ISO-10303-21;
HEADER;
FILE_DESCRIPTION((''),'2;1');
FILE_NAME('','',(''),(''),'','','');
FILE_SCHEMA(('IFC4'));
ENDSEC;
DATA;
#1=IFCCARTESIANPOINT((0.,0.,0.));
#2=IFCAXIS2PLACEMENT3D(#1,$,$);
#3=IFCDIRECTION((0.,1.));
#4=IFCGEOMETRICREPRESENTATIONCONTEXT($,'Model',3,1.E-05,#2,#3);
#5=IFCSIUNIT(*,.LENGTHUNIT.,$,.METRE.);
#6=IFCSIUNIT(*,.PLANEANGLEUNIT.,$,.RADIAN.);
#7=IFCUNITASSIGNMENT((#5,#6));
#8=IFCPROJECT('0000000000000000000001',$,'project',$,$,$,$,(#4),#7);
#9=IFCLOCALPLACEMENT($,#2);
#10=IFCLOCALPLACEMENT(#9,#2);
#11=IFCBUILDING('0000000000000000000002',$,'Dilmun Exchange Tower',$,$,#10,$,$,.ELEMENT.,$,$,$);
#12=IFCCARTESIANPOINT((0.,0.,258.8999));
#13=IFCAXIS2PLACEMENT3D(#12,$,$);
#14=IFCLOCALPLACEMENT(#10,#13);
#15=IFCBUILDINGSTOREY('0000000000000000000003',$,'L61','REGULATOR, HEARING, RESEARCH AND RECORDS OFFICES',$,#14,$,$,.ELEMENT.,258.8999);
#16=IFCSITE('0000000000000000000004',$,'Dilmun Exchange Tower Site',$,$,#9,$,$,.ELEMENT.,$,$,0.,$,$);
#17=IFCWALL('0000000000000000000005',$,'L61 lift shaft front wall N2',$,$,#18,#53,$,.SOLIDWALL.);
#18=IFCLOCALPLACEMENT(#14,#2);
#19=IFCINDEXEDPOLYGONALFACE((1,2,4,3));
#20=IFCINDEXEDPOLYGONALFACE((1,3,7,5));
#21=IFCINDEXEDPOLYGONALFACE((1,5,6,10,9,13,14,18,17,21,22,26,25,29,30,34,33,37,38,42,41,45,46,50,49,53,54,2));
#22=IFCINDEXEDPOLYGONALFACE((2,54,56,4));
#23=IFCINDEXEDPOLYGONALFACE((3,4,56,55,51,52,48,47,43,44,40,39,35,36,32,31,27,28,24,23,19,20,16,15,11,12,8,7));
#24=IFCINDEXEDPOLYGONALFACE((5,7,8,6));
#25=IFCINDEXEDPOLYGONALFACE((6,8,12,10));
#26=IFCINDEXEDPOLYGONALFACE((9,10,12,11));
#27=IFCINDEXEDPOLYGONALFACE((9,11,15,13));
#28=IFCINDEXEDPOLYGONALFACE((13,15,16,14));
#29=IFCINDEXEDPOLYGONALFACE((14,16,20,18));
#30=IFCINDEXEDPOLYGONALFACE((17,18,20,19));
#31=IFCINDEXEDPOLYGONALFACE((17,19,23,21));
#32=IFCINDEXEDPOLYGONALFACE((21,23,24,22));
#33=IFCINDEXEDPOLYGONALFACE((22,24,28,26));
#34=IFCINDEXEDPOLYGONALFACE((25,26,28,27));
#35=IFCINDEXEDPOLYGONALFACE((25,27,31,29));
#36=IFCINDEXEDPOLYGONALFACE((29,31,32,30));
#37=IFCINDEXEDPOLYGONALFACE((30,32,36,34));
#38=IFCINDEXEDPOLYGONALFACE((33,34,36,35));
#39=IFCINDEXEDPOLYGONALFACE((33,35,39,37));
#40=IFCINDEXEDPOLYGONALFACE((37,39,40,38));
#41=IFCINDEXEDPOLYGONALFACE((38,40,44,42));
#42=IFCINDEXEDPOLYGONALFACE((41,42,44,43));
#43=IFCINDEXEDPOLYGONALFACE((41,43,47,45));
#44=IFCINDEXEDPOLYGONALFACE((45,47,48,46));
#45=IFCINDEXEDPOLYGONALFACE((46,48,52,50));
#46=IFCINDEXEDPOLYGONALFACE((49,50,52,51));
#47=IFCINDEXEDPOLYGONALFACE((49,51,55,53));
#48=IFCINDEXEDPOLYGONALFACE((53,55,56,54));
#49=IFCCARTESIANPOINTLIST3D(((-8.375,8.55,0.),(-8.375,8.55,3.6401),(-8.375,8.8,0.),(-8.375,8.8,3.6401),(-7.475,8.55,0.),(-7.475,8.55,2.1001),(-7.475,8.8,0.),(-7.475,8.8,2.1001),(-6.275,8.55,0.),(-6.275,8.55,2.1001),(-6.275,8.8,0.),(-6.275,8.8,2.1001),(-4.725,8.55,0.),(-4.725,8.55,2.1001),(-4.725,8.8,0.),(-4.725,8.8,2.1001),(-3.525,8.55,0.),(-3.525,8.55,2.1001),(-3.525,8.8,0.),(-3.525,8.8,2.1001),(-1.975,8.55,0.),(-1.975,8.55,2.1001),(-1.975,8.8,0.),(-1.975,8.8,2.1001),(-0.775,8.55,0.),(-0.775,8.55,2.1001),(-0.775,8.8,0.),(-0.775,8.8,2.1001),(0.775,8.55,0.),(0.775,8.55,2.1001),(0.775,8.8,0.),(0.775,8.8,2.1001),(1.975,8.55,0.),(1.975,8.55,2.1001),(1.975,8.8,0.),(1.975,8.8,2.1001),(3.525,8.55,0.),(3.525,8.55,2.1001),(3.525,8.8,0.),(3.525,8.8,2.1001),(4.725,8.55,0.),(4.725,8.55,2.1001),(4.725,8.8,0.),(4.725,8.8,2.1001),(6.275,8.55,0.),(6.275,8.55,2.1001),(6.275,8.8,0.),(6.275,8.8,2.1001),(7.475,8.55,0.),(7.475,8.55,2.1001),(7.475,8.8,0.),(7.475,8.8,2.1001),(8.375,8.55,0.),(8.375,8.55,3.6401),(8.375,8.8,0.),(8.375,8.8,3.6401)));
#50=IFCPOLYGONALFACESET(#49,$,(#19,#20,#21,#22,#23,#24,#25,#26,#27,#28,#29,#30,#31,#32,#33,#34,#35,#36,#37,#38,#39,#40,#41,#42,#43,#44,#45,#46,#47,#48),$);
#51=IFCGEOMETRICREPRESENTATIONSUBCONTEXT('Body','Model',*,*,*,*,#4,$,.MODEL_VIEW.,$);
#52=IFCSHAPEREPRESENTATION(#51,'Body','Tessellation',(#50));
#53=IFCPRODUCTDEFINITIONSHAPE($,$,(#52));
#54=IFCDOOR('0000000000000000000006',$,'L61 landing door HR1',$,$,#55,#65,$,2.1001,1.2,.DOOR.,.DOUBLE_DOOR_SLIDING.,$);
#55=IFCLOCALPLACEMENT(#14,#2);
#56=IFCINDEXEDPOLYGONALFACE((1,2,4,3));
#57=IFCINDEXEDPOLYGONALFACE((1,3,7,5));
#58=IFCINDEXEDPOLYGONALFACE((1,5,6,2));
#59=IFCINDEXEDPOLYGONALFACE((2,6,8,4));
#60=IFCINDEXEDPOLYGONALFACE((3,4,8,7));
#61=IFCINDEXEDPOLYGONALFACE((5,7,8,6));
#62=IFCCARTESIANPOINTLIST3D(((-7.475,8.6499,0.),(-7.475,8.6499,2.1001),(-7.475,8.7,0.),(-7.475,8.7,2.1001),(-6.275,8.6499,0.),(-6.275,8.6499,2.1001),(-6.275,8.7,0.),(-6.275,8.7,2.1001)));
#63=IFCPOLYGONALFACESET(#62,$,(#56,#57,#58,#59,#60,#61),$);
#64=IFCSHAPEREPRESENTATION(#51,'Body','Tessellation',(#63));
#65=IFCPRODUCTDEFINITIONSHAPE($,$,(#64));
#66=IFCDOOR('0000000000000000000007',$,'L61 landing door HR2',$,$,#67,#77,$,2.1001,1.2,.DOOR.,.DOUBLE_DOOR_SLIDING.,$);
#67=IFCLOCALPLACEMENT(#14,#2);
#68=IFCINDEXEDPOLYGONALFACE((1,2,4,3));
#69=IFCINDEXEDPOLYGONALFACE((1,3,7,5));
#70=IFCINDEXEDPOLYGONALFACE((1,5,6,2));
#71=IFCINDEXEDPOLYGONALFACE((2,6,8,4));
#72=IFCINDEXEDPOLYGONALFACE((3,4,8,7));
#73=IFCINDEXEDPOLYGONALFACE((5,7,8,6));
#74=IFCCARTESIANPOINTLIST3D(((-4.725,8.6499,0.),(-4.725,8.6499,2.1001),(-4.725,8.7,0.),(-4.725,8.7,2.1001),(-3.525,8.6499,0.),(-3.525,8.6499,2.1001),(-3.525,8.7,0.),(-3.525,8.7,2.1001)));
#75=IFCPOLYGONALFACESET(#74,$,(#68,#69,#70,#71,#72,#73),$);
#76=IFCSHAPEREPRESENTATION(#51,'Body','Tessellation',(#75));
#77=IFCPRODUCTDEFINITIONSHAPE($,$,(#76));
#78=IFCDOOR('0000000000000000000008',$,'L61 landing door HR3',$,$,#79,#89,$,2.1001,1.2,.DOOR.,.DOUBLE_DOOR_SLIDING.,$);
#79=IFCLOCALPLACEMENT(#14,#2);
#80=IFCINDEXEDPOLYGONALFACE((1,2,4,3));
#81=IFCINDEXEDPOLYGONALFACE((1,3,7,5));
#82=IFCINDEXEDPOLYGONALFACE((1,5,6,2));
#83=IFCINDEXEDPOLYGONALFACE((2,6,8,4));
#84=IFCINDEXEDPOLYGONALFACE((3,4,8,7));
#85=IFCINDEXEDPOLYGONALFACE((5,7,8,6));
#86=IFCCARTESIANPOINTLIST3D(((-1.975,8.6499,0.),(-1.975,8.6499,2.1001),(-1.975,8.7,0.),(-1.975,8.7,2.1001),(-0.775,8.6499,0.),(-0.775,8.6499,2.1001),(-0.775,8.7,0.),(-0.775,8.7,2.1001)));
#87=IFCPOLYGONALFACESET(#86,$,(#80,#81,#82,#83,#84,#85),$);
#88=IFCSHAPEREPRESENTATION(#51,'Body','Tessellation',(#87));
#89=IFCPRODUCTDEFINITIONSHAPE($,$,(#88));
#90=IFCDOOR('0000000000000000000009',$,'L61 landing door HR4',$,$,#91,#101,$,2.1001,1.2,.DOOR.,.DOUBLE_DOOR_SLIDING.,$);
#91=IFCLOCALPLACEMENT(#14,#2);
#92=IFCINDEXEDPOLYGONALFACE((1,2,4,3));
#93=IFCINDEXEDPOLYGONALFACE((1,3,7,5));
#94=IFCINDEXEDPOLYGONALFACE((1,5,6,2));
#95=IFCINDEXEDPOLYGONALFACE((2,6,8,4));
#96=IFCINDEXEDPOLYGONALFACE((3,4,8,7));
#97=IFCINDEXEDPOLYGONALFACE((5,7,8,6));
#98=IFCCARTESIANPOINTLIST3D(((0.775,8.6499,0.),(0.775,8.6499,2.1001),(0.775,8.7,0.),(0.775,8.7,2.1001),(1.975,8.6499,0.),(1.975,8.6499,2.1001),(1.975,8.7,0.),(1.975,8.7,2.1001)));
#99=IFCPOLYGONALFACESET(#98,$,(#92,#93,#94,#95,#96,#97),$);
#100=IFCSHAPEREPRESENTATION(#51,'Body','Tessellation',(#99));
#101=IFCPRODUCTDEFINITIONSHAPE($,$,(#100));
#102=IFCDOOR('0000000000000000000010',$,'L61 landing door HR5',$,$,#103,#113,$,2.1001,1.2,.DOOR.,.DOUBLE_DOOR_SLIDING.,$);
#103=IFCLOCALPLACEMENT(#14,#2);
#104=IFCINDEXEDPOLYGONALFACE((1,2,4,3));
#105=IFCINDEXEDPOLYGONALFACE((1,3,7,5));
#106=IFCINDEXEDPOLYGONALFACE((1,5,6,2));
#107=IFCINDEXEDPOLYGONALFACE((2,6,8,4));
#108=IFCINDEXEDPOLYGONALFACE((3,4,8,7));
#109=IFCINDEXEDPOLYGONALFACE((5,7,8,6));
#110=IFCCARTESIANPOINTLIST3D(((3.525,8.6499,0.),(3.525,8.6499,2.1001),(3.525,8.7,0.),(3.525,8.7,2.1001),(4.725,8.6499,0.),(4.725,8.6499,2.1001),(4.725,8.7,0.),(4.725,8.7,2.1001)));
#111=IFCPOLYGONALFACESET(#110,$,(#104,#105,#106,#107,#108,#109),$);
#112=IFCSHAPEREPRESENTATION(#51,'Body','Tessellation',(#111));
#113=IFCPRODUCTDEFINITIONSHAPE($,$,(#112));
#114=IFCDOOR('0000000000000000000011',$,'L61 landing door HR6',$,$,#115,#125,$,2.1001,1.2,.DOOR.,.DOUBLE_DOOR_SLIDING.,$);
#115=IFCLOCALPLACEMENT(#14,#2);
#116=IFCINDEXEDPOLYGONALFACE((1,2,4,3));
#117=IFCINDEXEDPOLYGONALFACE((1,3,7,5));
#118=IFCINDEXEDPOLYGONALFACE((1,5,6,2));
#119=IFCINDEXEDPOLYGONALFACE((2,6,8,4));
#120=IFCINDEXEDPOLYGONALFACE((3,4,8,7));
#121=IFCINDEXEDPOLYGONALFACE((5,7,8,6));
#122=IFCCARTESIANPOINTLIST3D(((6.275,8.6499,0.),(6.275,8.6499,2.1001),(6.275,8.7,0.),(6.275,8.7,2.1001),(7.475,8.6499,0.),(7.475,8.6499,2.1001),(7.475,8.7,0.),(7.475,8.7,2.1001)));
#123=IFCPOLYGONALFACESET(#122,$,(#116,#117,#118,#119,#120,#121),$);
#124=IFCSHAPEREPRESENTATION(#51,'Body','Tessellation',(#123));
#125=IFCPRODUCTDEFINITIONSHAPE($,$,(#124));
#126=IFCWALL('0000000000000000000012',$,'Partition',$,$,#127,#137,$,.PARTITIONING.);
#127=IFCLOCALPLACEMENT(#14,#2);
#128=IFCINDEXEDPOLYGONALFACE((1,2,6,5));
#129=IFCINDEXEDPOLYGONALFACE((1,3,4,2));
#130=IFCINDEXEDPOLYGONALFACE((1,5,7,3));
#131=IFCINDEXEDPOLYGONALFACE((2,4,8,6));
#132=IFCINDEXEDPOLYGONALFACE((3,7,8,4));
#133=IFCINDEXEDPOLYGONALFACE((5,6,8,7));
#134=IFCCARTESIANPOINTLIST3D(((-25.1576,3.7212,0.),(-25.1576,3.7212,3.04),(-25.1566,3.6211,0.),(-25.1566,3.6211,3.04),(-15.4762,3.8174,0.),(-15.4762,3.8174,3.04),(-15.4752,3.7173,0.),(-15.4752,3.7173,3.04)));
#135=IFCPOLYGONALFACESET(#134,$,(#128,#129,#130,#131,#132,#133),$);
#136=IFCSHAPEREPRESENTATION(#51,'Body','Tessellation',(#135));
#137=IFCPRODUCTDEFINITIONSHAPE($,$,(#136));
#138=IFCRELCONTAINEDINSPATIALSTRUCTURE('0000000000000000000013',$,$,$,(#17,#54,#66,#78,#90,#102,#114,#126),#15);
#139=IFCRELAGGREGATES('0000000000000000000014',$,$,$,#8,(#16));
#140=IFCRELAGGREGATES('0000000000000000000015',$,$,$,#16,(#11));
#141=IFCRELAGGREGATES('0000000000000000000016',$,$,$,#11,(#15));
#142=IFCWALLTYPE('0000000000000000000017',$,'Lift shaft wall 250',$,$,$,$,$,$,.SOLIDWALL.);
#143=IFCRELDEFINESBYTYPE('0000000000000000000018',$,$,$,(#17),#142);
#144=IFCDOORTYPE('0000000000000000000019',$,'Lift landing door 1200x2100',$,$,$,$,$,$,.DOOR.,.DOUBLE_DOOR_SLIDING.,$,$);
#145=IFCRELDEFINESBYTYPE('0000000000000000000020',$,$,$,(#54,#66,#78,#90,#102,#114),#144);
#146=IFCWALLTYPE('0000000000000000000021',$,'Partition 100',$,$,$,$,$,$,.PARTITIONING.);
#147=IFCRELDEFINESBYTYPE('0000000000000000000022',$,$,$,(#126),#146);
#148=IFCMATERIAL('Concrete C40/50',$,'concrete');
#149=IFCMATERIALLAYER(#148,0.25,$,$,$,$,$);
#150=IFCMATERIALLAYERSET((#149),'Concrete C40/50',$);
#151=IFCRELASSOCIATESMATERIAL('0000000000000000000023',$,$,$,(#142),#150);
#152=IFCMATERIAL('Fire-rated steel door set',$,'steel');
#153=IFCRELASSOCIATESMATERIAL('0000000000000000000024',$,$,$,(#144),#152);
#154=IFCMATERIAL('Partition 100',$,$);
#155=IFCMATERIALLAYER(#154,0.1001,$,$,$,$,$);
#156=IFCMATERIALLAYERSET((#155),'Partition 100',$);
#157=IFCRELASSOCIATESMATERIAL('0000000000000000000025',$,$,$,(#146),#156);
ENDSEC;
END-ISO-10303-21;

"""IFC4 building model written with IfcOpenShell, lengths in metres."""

from ifc_helpers import new_model, si_unit, direction, frame, frame_2d, origin, place, context, subcontext, project, spatial, rectangle, extrude, material, layer, layer_set, type_object, element, fill, save


model = new_model("IFC4")

# Units and contexts
model_context = context("Model", 3, precision=1e-05, world=origin(), true_north=direction((0.0, 1.0)))
body_context = subcontext(model_context, "Body", "Model", "MODEL_VIEW")
ifc_project = project(units=[si_unit("LENGTHUNIT", "METRE"), si_unit("PLANEANGLEUNIT", "RADIAN")], contexts=[model_context])

# Site, building, storey
site_placement = place(None, origin())
site = spatial("IfcSite", under=ifc_project, at=site_placement, Name="Dilmun Exchange Tower Site", CompositionType="ELEMENT", RefElevation=0.0)
building_placement = place(site_placement, origin())
building = spatial("IfcBuilding", under=site, at=building_placement, Name="Dilmun Exchange Tower", CompositionType="ELEMENT")
storey_placement = place(building_placement, frame((0.0, 0.0, 258.8999)))
storey = spatial("IfcBuildingStorey", under=building, at=storey_placement, Name="L61", Description="REGULATOR, HEARING, RESEARCH AND RECORDS OFFICES", CompositionType="ELEMENT", Elevation=258.8999)

# Shared definitions
ifc_material_1 = material(Name="Concrete C40/50", Category="concrete")

# Shared definitions
ifc_material_2 = material(Name="Fire-rated steel door set", Category="steel")

# Wall, openings, doors
ifc_layer_1 = layer(ifc_material_1, 0.25)
ifc_layer_set_1 = layer_set([ifc_layer_1], Name="Concrete C40/50")
wall_type_1 = type_object("IfcWallType", Name="Lift shaft wall 250", PredefinedType="SOLIDWALL", material=ifc_layer_set_1)
wall_1_placement = place(storey_placement, frame((-8.375, 8.675, 0.0), z_axis=(0.0, 0.0, 1.0), x_axis=(1.0, 0.0, 0.0)))
wall_1 = element("IfcWall", 1, at=wall_1_placement, inside=storey, type_object=wall_type_1, Name="L61 lift shaft front wall N2", PredefinedType="SOLIDWALL", context=body_context, shape_type="SweptSolid", body=[
    extrude(rectangle(XDim=16.75, YDim=0.25, at=frame_2d((8.375, 0.0))), origin(), (0.0, 0.0, 1.0), 3.6401),
])
opening_1_placement = place(wall_1_placement, frame((0.8999, 0.0, 0.0)))
opening_1 = element("IfcOpeningElement", 2, at=opening_1_placement, cuts=wall_1, PredefinedType="OPENING", context=body_context, shape_type="SweptSolid", body=[
    extrude(rectangle(XDim=1.2, YDim=2.1001, at=frame_2d((0.6001, 1.05))), frame((0.0, 0.135, 0.0), z_axis=(0.0, -1.0, 0.0), x_axis=(1.0, 0.0, 0.0)), (0.0, 0.0, 1.0), 0.27),
])
opening_2_placement = place(wall_1_placement, frame((3.6499, 0.0, 0.0)))
opening_2 = element("IfcOpeningElement", 3, at=opening_2_placement, cuts=wall_1, PredefinedType="OPENING", context=body_context, shape_type="SweptSolid", body=[
    extrude(rectangle(XDim=1.2, YDim=2.1001, at=frame_2d((0.6001, 1.05))), frame((0.0, 0.135, 0.0), z_axis=(0.0, -1.0, 0.0), x_axis=(1.0, 0.0, 0.0)), (0.0, 0.0, 1.0), 0.27),
])
opening_3_placement = place(wall_1_placement, frame((6.3999, 0.0, 0.0)))
opening_3 = element("IfcOpeningElement", 4, at=opening_3_placement, cuts=wall_1, PredefinedType="OPENING", context=body_context, shape_type="SweptSolid", body=[
    extrude(rectangle(XDim=1.2, YDim=2.1001, at=frame_2d((0.6001, 1.05))), frame((0.0, 0.135, 0.0), z_axis=(0.0, -1.0, 0.0), x_axis=(1.0, 0.0, 0.0)), (0.0, 0.0, 1.0), 0.27),
])
opening_4_placement = place(wall_1_placement, frame((9.1499, 0.0, 0.0)))
opening_4 = element("IfcOpeningElement", 5, at=opening_4_placement, cuts=wall_1, PredefinedType="OPENING", context=body_context, shape_type="SweptSolid", body=[
    extrude(rectangle(XDim=1.2, YDim=2.1001, at=frame_2d((0.6001, 1.05))), frame((0.0, 0.135, 0.0), z_axis=(0.0, -1.0, 0.0), x_axis=(1.0, 0.0, 0.0)), (0.0, 0.0, 1.0), 0.27),
])
opening_5_placement = place(wall_1_placement, frame((11.8999, 0.0, 0.0)))
opening_5 = element("IfcOpeningElement", 6, at=opening_5_placement, cuts=wall_1, PredefinedType="OPENING", context=body_context, shape_type="SweptSolid", body=[
    extrude(rectangle(XDim=1.2, YDim=2.1001, at=frame_2d((0.6001, 1.05))), frame((0.0, 0.135, 0.0), z_axis=(0.0, -1.0, 0.0), x_axis=(1.0, 0.0, 0.0)), (0.0, 0.0, 1.0), 0.27),
])
opening_6_placement = place(wall_1_placement, frame((14.6499, 0.0, 0.0)))
opening_6 = element("IfcOpeningElement", 7, at=opening_6_placement, cuts=wall_1, PredefinedType="OPENING", context=body_context, shape_type="SweptSolid", body=[
    extrude(rectangle(XDim=1.2, YDim=2.1001, at=frame_2d((0.6001, 1.05))), frame((0.0, 0.135, 0.0), z_axis=(0.0, -1.0, 0.0), x_axis=(1.0, 0.0, 0.0)), (0.0, 0.0, 1.0), 0.27),
])
door_type_1 = type_object("IfcDoorType", Name="Lift landing door 1200x2100", OperationType="DOUBLE_DOOR_SLIDING", PredefinedType="DOOR", material=ifc_material_2)
door_1_placement = place(opening_1_placement, origin())
door_1 = element("IfcDoor", 8, at=door_1_placement, inside=storey, type_object=door_type_1, Name="L61 landing door HR1", OperationType="DOUBLE_DOOR_SLIDING", OverallHeight=2.1001, OverallWidth=1.2, PredefinedType="DOOR", context=body_context, shape_type="SweptSolid", body=[
    extrude(rectangle(XDim=1.2, YDim=2.1001, at=frame_2d((0.6001, 1.05))), frame((0.0, 0.0249, 0.0), z_axis=(0.0, -1.0, 0.0), x_axis=(1.0, 0.0, 0.0)), (0.0, 0.0, 1.0), 0.05),
])
fill(opening_1, door_1)
door_2_placement = place(opening_2_placement, origin())
door_2 = element("IfcDoor", 9, at=door_2_placement, inside=storey, type_object=door_type_1, Name="L61 landing door HR2", OperationType="DOUBLE_DOOR_SLIDING", OverallHeight=2.1001, OverallWidth=1.2, PredefinedType="DOOR", context=body_context, shape_type="SweptSolid", body=[
    extrude(rectangle(XDim=1.2, YDim=2.1001, at=frame_2d((0.6001, 1.05))), frame((0.0, 0.0249, 0.0), z_axis=(0.0, -1.0, 0.0), x_axis=(1.0, 0.0, 0.0)), (0.0, 0.0, 1.0), 0.05),
])
fill(opening_2, door_2)
door_3_placement = place(opening_3_placement, origin())
door_3 = element("IfcDoor", 10, at=door_3_placement, inside=storey, type_object=door_type_1, Name="L61 landing door HR3", OperationType="DOUBLE_DOOR_SLIDING", OverallHeight=2.1001, OverallWidth=1.2, PredefinedType="DOOR", context=body_context, shape_type="SweptSolid", body=[
    extrude(rectangle(XDim=1.2, YDim=2.1001, at=frame_2d((0.6001, 1.05))), frame((0.0, 0.0249, 0.0), z_axis=(0.0, -1.0, 0.0), x_axis=(1.0, 0.0, 0.0)), (0.0, 0.0, 1.0), 0.05),
])
fill(opening_3, door_3)
door_4_placement = place(opening_4_placement, origin())
door_4 = element("IfcDoor", 11, at=door_4_placement, inside=storey, type_object=door_type_1, Name="L61 landing door HR4", OperationType="DOUBLE_DOOR_SLIDING", OverallHeight=2.1001, OverallWidth=1.2, PredefinedType="DOOR", context=body_context, shape_type="SweptSolid", body=[
    extrude(rectangle(XDim=1.2, YDim=2.1001, at=frame_2d((0.6001, 1.05))), frame((0.0, 0.0249, 0.0), z_axis=(0.0, -1.0, 0.0), x_axis=(1.0, 0.0, 0.0)), (0.0, 0.0, 1.0), 0.05),
])
fill(opening_4, door_4)
door_5_placement = place(opening_5_placement, origin())
door_5 = element("IfcDoor", 12, at=door_5_placement, inside=storey, type_object=door_type_1, Name="L61 landing door HR5", OperationType="DOUBLE_DOOR_SLIDING", OverallHeight=2.1001, OverallWidth=1.2, PredefinedType="DOOR", context=body_context, shape_type="SweptSolid", body=[
    extrude(rectangle(XDim=1.2, YDim=2.1001, at=frame_2d((0.6001, 1.05))), frame((0.0, 0.0249, 0.0), z_axis=(0.0, -1.0, 0.0), x_axis=(1.0, 0.0, 0.0)), (0.0, 0.0, 1.0), 0.05),
])
fill(opening_5, door_5)
door_6_placement = place(opening_6_placement, origin())
door_6 = element("IfcDoor", 13, at=door_6_placement, inside=storey, type_object=door_type_1, Name="L61 landing door HR6", OperationType="DOUBLE_DOOR_SLIDING", OverallHeight=2.1001, OverallWidth=1.2, PredefinedType="DOOR", context=body_context, shape_type="SweptSolid", body=[
    extrude(rectangle(XDim=1.2, YDim=2.1001, at=frame_2d((0.6001, 1.05))), frame((0.0, 0.0249, 0.0), z_axis=(0.0, -1.0, 0.0), x_axis=(1.0, 0.0, 0.0)), (0.0, 0.0, 1.0), 0.05),
])
fill(opening_6, door_6)

# Wall
ifc_material_3 = material(Name="Partition 100")
ifc_layer_2 = layer(ifc_material_3, 0.1001)
ifc_layer_set_2 = layer_set([ifc_layer_2], Name="Partition 100")
wall_type_2 = type_object("IfcWallType", Name="Partition 100", PredefinedType="PARTITIONING", material=ifc_layer_set_2)
wall_2_placement = place(storey_placement, frame((-25.157, 3.6711, 0.0), z_axis=(0.0, 0.0, 1.0), x_axis=(0.999951, 0.009935, 0.0)))
element("IfcWall", 14, at=wall_2_placement, inside=storey, type_object=wall_type_2, Name="Partition", PredefinedType="PARTITIONING", context=body_context, shape_type="SweptSolid", body=[
    extrude(rectangle(XDim=9.6819, YDim=0.1001, at=frame_2d((4.8408, 0.0))), origin(), (0.0, 0.0, 1.0), 3.04),
])

save(model, "model.ifc")
